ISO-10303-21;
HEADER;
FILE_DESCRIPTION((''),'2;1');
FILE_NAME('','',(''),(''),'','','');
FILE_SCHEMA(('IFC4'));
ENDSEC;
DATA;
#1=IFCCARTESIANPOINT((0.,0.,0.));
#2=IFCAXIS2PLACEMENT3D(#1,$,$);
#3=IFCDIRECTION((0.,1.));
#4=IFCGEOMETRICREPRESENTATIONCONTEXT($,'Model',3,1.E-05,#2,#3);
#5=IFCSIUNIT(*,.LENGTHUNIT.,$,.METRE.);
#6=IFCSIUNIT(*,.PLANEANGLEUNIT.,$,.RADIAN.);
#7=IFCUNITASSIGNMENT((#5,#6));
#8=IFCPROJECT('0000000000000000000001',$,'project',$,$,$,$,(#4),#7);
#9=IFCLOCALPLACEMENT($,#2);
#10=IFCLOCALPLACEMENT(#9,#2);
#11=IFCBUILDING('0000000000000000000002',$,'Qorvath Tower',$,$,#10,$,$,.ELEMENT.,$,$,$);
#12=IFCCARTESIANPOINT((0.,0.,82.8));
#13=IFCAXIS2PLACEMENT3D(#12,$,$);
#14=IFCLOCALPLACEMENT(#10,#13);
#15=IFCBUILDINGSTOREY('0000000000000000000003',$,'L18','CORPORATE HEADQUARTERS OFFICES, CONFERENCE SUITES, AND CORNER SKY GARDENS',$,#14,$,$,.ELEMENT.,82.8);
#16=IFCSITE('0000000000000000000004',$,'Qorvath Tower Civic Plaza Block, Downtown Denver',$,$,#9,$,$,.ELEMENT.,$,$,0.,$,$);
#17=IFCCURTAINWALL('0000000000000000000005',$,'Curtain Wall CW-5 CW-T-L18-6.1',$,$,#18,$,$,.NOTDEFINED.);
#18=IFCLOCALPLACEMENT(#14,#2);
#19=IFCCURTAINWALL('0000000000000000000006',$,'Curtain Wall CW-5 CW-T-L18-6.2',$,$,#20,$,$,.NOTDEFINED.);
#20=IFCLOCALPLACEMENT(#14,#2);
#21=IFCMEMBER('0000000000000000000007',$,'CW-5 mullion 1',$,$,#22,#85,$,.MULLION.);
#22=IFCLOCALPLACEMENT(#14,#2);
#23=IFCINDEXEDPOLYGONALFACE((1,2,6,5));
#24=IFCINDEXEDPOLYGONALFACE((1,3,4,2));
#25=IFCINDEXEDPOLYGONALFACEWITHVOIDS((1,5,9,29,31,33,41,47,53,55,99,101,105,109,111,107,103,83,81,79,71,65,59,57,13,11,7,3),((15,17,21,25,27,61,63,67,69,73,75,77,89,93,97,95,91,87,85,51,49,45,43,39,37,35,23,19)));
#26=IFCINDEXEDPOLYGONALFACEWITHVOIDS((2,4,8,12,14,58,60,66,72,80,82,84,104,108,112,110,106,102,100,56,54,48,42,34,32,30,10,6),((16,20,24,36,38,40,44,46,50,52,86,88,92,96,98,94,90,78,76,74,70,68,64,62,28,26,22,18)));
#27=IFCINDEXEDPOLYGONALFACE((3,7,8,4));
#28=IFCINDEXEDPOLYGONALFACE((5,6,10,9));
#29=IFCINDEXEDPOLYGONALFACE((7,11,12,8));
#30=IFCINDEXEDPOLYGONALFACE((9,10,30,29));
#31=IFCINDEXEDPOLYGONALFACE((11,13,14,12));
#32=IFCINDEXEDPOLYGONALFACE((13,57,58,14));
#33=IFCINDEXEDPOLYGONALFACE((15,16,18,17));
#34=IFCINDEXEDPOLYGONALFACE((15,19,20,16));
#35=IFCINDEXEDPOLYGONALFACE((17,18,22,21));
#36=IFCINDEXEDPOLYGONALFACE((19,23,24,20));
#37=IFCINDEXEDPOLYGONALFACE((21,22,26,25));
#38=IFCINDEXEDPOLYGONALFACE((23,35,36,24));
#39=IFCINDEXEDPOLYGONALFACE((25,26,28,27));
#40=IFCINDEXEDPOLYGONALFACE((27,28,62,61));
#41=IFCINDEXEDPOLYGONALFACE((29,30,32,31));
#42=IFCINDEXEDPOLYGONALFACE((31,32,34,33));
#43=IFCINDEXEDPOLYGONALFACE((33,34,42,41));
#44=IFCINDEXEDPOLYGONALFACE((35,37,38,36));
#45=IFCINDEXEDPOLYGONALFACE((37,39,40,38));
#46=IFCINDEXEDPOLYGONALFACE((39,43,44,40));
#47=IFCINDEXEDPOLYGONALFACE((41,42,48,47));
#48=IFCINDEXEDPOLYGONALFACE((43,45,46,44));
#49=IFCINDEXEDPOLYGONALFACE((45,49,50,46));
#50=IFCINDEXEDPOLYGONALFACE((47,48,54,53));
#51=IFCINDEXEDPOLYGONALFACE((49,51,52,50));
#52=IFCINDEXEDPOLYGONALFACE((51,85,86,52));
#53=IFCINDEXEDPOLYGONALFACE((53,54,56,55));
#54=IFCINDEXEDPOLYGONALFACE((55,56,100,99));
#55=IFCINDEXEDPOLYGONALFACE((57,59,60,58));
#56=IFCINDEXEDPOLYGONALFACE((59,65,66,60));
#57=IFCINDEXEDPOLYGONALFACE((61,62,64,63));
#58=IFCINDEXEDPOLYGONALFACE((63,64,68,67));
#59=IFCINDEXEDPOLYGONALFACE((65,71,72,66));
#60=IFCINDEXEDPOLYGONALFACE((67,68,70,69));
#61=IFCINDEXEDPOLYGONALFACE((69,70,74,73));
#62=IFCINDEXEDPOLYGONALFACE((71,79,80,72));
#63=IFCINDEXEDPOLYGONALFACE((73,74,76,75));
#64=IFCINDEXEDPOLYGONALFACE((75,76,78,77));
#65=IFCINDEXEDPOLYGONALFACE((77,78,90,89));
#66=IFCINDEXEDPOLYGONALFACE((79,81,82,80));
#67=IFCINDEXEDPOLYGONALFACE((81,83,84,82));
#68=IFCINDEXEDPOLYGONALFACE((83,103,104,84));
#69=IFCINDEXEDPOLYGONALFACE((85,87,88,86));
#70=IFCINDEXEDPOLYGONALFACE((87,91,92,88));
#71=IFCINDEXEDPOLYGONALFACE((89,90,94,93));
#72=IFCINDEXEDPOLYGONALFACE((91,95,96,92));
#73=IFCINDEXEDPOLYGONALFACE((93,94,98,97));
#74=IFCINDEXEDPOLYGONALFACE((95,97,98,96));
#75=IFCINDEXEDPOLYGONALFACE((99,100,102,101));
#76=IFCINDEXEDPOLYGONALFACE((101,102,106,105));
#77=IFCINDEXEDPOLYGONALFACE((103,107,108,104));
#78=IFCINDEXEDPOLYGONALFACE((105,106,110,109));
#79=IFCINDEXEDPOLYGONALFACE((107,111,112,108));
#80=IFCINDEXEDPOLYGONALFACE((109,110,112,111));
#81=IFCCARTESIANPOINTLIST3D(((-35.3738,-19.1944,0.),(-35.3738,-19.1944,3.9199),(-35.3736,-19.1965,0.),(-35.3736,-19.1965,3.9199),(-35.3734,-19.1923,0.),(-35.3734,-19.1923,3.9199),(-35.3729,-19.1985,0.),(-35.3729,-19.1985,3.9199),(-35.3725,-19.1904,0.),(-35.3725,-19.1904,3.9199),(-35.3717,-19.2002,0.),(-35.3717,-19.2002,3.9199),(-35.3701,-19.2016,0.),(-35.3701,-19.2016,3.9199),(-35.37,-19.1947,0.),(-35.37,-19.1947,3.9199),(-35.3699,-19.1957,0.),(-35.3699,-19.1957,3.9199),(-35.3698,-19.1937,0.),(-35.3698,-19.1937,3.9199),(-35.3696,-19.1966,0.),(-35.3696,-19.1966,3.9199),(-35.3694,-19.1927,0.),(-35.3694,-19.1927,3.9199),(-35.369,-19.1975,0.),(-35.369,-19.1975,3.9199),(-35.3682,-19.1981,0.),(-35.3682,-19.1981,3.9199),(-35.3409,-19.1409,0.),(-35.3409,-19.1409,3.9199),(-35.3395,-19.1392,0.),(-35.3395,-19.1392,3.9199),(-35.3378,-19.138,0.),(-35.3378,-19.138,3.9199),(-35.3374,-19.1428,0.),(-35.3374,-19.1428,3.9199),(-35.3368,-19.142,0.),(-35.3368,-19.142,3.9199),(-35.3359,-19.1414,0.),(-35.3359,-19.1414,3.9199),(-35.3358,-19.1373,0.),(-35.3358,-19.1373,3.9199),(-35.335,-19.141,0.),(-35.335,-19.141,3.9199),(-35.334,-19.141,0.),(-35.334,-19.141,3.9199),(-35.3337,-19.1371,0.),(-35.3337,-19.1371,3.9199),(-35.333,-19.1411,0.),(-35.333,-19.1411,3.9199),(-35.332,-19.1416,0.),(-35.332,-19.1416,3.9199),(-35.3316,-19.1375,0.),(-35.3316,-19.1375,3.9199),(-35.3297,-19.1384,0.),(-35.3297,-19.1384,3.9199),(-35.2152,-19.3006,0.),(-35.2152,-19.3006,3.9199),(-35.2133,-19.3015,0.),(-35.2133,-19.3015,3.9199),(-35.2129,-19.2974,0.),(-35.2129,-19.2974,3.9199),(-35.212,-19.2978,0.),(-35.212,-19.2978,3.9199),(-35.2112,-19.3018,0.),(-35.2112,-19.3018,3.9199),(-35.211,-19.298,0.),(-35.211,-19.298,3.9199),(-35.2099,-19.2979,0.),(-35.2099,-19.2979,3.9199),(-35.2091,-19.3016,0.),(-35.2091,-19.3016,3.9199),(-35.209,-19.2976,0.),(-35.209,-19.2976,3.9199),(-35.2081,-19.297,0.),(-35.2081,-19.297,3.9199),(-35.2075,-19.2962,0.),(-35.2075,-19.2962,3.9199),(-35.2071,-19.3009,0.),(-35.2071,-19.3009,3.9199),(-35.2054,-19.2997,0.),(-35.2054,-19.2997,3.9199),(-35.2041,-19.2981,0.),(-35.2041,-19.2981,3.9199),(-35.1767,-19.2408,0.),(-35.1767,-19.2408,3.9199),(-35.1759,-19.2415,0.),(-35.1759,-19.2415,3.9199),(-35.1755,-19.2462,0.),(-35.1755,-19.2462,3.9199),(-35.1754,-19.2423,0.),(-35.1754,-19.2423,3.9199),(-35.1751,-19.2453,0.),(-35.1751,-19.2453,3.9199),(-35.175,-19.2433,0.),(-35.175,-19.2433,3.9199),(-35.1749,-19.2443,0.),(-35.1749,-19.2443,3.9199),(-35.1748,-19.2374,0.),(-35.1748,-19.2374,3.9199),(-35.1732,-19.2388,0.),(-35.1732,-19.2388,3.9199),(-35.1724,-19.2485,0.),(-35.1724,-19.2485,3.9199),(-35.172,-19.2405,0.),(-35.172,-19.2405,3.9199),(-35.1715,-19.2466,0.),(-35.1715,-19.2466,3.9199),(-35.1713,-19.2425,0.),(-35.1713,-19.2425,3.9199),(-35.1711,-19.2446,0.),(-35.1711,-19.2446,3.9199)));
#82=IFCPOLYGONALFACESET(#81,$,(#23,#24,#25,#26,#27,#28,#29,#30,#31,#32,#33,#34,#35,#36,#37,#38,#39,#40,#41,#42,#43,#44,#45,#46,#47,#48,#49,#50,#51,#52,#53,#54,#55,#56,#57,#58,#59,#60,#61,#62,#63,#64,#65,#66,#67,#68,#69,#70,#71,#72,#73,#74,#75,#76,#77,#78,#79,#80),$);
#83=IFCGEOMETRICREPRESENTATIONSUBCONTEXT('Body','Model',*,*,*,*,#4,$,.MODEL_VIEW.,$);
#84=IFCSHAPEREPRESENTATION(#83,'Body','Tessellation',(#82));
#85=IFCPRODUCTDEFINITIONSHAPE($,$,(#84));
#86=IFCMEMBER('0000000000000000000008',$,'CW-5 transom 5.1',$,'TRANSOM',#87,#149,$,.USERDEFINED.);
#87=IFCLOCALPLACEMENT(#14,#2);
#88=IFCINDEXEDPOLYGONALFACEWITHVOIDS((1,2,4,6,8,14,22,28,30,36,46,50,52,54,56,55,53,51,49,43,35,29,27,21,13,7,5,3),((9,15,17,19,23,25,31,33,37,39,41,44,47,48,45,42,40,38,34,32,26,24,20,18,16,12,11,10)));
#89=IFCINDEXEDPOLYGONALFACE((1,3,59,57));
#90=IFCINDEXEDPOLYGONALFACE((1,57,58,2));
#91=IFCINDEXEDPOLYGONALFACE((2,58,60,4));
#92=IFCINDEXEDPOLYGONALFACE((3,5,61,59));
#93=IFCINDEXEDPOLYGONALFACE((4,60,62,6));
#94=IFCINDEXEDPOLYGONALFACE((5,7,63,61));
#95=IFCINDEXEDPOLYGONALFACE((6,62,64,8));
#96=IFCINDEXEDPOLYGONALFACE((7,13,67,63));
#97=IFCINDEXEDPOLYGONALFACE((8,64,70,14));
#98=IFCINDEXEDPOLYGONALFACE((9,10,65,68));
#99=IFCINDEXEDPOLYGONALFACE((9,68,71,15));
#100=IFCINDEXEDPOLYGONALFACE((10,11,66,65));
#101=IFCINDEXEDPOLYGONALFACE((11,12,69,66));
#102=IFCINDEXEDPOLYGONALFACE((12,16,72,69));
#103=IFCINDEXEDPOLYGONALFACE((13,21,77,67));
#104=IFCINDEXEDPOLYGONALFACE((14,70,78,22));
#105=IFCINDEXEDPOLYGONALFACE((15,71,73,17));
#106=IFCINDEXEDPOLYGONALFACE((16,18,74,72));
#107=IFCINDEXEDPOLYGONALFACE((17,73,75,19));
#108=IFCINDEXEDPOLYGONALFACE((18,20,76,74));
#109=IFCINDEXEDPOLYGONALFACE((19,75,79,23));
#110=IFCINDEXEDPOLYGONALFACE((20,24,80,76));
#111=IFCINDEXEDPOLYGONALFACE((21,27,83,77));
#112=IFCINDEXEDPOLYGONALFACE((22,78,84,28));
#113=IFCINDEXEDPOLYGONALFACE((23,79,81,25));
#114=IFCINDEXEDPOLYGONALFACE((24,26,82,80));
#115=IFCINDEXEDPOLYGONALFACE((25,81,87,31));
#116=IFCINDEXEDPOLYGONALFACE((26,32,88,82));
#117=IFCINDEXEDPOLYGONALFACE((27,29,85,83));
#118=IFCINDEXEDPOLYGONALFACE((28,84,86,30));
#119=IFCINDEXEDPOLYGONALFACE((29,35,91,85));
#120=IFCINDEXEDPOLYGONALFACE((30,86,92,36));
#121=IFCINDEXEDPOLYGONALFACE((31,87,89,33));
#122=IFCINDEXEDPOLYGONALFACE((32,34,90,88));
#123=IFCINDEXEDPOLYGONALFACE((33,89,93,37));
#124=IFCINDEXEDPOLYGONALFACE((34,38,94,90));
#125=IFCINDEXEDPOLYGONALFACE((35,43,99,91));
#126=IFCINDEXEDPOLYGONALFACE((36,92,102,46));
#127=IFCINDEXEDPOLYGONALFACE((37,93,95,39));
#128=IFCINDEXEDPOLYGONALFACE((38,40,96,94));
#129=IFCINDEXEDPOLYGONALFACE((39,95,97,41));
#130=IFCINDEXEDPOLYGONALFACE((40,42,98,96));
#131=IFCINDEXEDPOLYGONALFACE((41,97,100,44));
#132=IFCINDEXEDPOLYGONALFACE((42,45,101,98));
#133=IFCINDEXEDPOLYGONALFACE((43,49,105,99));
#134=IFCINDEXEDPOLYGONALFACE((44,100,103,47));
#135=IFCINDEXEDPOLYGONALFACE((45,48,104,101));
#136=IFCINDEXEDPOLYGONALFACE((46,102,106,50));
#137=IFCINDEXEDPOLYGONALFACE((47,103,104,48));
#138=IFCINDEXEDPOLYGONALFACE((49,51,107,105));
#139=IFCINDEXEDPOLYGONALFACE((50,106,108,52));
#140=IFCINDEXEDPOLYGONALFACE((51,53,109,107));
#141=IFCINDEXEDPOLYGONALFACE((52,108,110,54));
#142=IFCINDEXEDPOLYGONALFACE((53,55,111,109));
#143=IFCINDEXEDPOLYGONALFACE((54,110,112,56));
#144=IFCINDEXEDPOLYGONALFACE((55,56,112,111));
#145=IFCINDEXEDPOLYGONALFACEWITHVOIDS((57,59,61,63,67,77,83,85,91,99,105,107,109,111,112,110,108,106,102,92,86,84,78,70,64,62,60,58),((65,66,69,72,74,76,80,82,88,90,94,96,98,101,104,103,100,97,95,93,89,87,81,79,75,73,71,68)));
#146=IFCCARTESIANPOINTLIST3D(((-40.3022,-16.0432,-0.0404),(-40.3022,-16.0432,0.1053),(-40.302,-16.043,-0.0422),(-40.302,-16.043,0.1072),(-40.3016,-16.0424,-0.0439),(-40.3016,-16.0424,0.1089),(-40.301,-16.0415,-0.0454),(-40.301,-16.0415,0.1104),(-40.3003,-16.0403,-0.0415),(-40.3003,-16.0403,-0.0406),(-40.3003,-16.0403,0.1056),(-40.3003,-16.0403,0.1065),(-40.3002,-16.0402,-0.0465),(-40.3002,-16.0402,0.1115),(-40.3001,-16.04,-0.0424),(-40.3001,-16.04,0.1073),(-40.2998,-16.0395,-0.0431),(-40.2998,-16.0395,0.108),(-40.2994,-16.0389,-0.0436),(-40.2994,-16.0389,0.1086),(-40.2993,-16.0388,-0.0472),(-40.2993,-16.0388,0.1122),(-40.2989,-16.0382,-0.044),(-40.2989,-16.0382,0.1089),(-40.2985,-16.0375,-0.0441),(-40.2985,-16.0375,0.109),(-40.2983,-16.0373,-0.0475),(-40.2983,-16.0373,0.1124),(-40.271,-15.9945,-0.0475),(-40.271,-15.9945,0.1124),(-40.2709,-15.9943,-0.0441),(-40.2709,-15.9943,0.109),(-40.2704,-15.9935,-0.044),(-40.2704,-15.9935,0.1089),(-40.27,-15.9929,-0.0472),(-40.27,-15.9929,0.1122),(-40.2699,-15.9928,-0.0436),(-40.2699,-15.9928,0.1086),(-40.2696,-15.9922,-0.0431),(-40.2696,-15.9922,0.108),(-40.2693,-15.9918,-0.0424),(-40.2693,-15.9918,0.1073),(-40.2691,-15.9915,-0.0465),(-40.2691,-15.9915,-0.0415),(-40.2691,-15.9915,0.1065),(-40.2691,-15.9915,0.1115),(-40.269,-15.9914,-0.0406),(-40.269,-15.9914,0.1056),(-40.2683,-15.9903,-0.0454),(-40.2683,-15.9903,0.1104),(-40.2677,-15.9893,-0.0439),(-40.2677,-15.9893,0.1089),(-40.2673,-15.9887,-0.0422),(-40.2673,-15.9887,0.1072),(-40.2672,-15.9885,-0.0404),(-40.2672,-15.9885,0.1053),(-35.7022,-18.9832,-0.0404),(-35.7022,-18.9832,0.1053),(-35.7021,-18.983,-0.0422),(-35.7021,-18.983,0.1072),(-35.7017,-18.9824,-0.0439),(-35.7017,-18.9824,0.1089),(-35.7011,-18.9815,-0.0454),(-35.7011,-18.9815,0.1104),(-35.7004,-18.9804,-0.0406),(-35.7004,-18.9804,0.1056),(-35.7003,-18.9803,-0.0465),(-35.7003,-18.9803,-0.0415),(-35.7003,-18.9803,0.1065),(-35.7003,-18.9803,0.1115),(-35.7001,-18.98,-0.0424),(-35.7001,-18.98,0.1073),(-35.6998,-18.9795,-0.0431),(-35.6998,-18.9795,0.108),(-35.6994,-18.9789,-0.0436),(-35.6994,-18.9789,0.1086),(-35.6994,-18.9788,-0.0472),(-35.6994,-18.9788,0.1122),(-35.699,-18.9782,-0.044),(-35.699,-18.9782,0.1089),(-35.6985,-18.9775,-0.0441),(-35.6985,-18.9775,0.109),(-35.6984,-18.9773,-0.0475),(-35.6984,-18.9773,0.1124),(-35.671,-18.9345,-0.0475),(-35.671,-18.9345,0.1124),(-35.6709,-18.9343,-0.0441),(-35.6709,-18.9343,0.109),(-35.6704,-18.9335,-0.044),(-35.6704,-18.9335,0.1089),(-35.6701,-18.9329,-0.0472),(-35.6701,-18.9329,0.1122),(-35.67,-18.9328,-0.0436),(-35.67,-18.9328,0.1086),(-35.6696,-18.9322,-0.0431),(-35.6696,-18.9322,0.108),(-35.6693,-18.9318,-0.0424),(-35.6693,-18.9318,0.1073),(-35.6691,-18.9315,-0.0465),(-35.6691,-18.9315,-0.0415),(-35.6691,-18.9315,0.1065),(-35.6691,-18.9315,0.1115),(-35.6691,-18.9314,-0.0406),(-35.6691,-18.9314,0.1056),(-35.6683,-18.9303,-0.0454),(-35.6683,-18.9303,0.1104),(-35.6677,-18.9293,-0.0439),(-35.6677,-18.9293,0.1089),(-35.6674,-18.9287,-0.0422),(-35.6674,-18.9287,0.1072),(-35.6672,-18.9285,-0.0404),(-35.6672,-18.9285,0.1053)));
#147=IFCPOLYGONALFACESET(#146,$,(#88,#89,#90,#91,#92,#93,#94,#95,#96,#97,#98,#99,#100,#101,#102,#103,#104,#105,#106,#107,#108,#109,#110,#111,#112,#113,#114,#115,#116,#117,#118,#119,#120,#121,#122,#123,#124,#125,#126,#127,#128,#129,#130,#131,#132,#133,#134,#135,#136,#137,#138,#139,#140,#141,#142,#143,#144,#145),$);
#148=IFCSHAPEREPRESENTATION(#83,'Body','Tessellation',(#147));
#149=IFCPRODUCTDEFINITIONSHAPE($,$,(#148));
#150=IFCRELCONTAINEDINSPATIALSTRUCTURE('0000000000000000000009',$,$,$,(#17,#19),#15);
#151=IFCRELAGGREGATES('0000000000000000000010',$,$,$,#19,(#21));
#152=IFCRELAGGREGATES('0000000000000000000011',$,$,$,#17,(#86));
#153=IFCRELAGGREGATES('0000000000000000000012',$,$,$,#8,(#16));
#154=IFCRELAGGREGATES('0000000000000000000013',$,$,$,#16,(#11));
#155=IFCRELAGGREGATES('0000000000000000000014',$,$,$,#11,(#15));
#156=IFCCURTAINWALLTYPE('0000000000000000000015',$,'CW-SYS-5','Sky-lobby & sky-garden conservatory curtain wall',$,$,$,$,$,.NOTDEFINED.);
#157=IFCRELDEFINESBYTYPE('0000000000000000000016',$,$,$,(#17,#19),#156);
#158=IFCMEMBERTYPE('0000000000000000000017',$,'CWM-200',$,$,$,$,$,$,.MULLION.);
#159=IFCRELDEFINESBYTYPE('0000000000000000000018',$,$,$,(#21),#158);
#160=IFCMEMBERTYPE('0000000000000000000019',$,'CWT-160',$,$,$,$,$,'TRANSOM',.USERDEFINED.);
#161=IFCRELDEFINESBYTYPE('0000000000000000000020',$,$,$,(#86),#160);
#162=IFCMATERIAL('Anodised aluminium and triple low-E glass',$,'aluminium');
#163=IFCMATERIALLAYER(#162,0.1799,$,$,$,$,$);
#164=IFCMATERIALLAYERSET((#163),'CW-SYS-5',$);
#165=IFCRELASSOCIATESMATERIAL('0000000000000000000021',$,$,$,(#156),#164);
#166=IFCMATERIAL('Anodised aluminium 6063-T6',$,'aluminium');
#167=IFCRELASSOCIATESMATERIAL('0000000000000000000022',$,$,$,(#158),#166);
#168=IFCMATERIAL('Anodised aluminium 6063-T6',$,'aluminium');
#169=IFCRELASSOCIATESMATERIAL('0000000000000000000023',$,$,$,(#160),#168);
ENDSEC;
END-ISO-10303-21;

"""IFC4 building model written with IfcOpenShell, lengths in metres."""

from ifc_helpers import new_model, si_unit, direction, frame, origin, origin_2d, place, context, subcontext, project, spatial, hollow_rectangle, extrude, material, layer, layer_set, material_profile, profile_set, type_object, element, aggregate, save


model = new_model("IFC4")

# Units and contexts
model_context = context("Model", 3, precision=1e-05, world=origin(), true_north=direction((0.0, 1.0)))
body_context = subcontext(model_context, "Body", "Model", "MODEL_VIEW")
ifc_project = project(units=[si_unit("LENGTHUNIT", "METRE"), si_unit("PLANEANGLEUNIT", "RADIAN")], contexts=[model_context])

# Site, building, storey
site_placement = place(None, origin())
site = spatial("IfcSite", under=ifc_project, at=site_placement, Name="Qorvath Tower Civic Plaza Block, Downtown Denver", CompositionType="ELEMENT", RefElevation=0.0)
building_placement = place(site_placement, origin())
building = spatial("IfcBuilding", under=site, at=building_placement, Name="Qorvath Tower", CompositionType="ELEMENT")
storey_placement = place(building_placement, frame((0.0, 0.0, 82.8)))
storey = spatial("IfcBuildingStorey", under=building, at=storey_placement, Name="L18", Description="CORPORATE HEADQUARTERS OFFICES, CONFERENCE SUITES, AND CORNER SKY GARDENS", CompositionType="ELEMENT", Elevation=82.8)

# Curtain wall
ifc_material_1 = material(Name="Anodised aluminium and triple low-E glass", Category="aluminium")
ifc_layer_1 = layer(ifc_material_1, 0.1799)
ifc_layer_set_1 = layer_set([ifc_layer_1], Name="CW-SYS-5")
curtain_wall_type = type_object("IfcCurtainWallType", Name="CW-SYS-5", Description="Sky-lobby & sky-garden conservatory curtain wall", PredefinedType="NOTDEFINED", material=ifc_layer_set_1)
curtain_wall_1_placement = place(storey_placement, origin())
curtain_wall_1 = element("IfcCurtainWall", 1, at=curtain_wall_1_placement, inside=storey, type_object=curtain_wall_type, Name="Curtain Wall CW-5 CW-T-L18-6.1", PredefinedType="NOTDEFINED")
ifc_material_2 = material(Name="Anodised aluminium 6063-T6", Category="aluminium")
ifc_material_profile_1 = material_profile(ifc_material_2, hollow_rectangle(XDim=0.075, YDim=0.2, WallThickness=0.0039, InnerFilletRadius=0.0039, OuterFilletRadius=0.0081, at=origin_2d()), Name="CWM 200x75")
ifc_profile_set_1 = profile_set([ifc_material_profile_1], Name="Anodised aluminium 6063-T6")
member_type_1 = type_object("IfcMemberType", Name="CWM-200", PredefinedType="MULLION", material=ifc_profile_set_1)

# Curtain wall, member
curtain_wall_2_placement = place(storey_placement, origin())
curtain_wall_2 = element("IfcCurtainWall", 2, at=curtain_wall_2_placement, inside=storey, type_object=curtain_wall_type, Name="Curtain Wall CW-5 CW-T-L18-6.2", PredefinedType="NOTDEFINED")
member_1_placement = place(storey_placement, frame((-35.2725, -19.2195, 0.0), z_axis=(0.0, 0.0, 1.0), x_axis=(0.538533, 0.842604, 0.0)))
member_1 = element("IfcMember", 3, at=member_1_placement, type_object=member_type_1, Name="CW-5 mullion 1", PredefinedType="MULLION", context=body_context, shape_type="SweptSolid", body=[
    extrude(hollow_rectangle(XDim=0.075, YDim=0.2, WallThickness=0.0039, InnerFilletRadius=0.0039, OuterFilletRadius=0.0081, at=origin_2d()), origin(), (0.0, 0.0, 1.0), 3.9199),
])

# Member
ifc_material_3 = material(Name="Anodised aluminium 6063-T6", Category="aluminium")
ifc_material_profile_2 = material_profile(ifc_material_3, hollow_rectangle(XDim=0.0649, YDim=0.1599, WallThickness=0.0034, InnerFilletRadius=0.0034, OuterFilletRadius=0.0071, at=origin_2d()), Name="CWT 160x65")
ifc_profile_set_2 = profile_set([ifc_material_profile_2], Name="Anodised aluminium 6063-T6")
member_type_2 = type_object("IfcMemberType", Name="CWT-160", ElementType="TRANSOM", PredefinedType="USERDEFINED", material=ifc_profile_set_2)
member_2_placement = place(storey_placement, frame((-40.2847, -16.0159, 0.0325), z_axis=(0.842601, -0.538538, 0.0), x_axis=(0.538538, 0.842601, 0.0)))
member_2 = element("IfcMember", 4, at=member_2_placement, type_object=member_type_2, Name="CW-5 transom 5.1", ObjectType="TRANSOM", PredefinedType="USERDEFINED", context=body_context, shape_type="SweptSolid", body=[
    extrude(hollow_rectangle(XDim=0.0649, YDim=0.1599, WallThickness=0.0034, InnerFilletRadius=0.0034, OuterFilletRadius=0.0071, at=origin_2d()), origin(), (0.0, 0.0, 1.0), 5.4592),
])
aggregate(curtain_wall_2, [member_1])

aggregate(curtain_wall_1, [member_2])

save(model, "model.ifc")
